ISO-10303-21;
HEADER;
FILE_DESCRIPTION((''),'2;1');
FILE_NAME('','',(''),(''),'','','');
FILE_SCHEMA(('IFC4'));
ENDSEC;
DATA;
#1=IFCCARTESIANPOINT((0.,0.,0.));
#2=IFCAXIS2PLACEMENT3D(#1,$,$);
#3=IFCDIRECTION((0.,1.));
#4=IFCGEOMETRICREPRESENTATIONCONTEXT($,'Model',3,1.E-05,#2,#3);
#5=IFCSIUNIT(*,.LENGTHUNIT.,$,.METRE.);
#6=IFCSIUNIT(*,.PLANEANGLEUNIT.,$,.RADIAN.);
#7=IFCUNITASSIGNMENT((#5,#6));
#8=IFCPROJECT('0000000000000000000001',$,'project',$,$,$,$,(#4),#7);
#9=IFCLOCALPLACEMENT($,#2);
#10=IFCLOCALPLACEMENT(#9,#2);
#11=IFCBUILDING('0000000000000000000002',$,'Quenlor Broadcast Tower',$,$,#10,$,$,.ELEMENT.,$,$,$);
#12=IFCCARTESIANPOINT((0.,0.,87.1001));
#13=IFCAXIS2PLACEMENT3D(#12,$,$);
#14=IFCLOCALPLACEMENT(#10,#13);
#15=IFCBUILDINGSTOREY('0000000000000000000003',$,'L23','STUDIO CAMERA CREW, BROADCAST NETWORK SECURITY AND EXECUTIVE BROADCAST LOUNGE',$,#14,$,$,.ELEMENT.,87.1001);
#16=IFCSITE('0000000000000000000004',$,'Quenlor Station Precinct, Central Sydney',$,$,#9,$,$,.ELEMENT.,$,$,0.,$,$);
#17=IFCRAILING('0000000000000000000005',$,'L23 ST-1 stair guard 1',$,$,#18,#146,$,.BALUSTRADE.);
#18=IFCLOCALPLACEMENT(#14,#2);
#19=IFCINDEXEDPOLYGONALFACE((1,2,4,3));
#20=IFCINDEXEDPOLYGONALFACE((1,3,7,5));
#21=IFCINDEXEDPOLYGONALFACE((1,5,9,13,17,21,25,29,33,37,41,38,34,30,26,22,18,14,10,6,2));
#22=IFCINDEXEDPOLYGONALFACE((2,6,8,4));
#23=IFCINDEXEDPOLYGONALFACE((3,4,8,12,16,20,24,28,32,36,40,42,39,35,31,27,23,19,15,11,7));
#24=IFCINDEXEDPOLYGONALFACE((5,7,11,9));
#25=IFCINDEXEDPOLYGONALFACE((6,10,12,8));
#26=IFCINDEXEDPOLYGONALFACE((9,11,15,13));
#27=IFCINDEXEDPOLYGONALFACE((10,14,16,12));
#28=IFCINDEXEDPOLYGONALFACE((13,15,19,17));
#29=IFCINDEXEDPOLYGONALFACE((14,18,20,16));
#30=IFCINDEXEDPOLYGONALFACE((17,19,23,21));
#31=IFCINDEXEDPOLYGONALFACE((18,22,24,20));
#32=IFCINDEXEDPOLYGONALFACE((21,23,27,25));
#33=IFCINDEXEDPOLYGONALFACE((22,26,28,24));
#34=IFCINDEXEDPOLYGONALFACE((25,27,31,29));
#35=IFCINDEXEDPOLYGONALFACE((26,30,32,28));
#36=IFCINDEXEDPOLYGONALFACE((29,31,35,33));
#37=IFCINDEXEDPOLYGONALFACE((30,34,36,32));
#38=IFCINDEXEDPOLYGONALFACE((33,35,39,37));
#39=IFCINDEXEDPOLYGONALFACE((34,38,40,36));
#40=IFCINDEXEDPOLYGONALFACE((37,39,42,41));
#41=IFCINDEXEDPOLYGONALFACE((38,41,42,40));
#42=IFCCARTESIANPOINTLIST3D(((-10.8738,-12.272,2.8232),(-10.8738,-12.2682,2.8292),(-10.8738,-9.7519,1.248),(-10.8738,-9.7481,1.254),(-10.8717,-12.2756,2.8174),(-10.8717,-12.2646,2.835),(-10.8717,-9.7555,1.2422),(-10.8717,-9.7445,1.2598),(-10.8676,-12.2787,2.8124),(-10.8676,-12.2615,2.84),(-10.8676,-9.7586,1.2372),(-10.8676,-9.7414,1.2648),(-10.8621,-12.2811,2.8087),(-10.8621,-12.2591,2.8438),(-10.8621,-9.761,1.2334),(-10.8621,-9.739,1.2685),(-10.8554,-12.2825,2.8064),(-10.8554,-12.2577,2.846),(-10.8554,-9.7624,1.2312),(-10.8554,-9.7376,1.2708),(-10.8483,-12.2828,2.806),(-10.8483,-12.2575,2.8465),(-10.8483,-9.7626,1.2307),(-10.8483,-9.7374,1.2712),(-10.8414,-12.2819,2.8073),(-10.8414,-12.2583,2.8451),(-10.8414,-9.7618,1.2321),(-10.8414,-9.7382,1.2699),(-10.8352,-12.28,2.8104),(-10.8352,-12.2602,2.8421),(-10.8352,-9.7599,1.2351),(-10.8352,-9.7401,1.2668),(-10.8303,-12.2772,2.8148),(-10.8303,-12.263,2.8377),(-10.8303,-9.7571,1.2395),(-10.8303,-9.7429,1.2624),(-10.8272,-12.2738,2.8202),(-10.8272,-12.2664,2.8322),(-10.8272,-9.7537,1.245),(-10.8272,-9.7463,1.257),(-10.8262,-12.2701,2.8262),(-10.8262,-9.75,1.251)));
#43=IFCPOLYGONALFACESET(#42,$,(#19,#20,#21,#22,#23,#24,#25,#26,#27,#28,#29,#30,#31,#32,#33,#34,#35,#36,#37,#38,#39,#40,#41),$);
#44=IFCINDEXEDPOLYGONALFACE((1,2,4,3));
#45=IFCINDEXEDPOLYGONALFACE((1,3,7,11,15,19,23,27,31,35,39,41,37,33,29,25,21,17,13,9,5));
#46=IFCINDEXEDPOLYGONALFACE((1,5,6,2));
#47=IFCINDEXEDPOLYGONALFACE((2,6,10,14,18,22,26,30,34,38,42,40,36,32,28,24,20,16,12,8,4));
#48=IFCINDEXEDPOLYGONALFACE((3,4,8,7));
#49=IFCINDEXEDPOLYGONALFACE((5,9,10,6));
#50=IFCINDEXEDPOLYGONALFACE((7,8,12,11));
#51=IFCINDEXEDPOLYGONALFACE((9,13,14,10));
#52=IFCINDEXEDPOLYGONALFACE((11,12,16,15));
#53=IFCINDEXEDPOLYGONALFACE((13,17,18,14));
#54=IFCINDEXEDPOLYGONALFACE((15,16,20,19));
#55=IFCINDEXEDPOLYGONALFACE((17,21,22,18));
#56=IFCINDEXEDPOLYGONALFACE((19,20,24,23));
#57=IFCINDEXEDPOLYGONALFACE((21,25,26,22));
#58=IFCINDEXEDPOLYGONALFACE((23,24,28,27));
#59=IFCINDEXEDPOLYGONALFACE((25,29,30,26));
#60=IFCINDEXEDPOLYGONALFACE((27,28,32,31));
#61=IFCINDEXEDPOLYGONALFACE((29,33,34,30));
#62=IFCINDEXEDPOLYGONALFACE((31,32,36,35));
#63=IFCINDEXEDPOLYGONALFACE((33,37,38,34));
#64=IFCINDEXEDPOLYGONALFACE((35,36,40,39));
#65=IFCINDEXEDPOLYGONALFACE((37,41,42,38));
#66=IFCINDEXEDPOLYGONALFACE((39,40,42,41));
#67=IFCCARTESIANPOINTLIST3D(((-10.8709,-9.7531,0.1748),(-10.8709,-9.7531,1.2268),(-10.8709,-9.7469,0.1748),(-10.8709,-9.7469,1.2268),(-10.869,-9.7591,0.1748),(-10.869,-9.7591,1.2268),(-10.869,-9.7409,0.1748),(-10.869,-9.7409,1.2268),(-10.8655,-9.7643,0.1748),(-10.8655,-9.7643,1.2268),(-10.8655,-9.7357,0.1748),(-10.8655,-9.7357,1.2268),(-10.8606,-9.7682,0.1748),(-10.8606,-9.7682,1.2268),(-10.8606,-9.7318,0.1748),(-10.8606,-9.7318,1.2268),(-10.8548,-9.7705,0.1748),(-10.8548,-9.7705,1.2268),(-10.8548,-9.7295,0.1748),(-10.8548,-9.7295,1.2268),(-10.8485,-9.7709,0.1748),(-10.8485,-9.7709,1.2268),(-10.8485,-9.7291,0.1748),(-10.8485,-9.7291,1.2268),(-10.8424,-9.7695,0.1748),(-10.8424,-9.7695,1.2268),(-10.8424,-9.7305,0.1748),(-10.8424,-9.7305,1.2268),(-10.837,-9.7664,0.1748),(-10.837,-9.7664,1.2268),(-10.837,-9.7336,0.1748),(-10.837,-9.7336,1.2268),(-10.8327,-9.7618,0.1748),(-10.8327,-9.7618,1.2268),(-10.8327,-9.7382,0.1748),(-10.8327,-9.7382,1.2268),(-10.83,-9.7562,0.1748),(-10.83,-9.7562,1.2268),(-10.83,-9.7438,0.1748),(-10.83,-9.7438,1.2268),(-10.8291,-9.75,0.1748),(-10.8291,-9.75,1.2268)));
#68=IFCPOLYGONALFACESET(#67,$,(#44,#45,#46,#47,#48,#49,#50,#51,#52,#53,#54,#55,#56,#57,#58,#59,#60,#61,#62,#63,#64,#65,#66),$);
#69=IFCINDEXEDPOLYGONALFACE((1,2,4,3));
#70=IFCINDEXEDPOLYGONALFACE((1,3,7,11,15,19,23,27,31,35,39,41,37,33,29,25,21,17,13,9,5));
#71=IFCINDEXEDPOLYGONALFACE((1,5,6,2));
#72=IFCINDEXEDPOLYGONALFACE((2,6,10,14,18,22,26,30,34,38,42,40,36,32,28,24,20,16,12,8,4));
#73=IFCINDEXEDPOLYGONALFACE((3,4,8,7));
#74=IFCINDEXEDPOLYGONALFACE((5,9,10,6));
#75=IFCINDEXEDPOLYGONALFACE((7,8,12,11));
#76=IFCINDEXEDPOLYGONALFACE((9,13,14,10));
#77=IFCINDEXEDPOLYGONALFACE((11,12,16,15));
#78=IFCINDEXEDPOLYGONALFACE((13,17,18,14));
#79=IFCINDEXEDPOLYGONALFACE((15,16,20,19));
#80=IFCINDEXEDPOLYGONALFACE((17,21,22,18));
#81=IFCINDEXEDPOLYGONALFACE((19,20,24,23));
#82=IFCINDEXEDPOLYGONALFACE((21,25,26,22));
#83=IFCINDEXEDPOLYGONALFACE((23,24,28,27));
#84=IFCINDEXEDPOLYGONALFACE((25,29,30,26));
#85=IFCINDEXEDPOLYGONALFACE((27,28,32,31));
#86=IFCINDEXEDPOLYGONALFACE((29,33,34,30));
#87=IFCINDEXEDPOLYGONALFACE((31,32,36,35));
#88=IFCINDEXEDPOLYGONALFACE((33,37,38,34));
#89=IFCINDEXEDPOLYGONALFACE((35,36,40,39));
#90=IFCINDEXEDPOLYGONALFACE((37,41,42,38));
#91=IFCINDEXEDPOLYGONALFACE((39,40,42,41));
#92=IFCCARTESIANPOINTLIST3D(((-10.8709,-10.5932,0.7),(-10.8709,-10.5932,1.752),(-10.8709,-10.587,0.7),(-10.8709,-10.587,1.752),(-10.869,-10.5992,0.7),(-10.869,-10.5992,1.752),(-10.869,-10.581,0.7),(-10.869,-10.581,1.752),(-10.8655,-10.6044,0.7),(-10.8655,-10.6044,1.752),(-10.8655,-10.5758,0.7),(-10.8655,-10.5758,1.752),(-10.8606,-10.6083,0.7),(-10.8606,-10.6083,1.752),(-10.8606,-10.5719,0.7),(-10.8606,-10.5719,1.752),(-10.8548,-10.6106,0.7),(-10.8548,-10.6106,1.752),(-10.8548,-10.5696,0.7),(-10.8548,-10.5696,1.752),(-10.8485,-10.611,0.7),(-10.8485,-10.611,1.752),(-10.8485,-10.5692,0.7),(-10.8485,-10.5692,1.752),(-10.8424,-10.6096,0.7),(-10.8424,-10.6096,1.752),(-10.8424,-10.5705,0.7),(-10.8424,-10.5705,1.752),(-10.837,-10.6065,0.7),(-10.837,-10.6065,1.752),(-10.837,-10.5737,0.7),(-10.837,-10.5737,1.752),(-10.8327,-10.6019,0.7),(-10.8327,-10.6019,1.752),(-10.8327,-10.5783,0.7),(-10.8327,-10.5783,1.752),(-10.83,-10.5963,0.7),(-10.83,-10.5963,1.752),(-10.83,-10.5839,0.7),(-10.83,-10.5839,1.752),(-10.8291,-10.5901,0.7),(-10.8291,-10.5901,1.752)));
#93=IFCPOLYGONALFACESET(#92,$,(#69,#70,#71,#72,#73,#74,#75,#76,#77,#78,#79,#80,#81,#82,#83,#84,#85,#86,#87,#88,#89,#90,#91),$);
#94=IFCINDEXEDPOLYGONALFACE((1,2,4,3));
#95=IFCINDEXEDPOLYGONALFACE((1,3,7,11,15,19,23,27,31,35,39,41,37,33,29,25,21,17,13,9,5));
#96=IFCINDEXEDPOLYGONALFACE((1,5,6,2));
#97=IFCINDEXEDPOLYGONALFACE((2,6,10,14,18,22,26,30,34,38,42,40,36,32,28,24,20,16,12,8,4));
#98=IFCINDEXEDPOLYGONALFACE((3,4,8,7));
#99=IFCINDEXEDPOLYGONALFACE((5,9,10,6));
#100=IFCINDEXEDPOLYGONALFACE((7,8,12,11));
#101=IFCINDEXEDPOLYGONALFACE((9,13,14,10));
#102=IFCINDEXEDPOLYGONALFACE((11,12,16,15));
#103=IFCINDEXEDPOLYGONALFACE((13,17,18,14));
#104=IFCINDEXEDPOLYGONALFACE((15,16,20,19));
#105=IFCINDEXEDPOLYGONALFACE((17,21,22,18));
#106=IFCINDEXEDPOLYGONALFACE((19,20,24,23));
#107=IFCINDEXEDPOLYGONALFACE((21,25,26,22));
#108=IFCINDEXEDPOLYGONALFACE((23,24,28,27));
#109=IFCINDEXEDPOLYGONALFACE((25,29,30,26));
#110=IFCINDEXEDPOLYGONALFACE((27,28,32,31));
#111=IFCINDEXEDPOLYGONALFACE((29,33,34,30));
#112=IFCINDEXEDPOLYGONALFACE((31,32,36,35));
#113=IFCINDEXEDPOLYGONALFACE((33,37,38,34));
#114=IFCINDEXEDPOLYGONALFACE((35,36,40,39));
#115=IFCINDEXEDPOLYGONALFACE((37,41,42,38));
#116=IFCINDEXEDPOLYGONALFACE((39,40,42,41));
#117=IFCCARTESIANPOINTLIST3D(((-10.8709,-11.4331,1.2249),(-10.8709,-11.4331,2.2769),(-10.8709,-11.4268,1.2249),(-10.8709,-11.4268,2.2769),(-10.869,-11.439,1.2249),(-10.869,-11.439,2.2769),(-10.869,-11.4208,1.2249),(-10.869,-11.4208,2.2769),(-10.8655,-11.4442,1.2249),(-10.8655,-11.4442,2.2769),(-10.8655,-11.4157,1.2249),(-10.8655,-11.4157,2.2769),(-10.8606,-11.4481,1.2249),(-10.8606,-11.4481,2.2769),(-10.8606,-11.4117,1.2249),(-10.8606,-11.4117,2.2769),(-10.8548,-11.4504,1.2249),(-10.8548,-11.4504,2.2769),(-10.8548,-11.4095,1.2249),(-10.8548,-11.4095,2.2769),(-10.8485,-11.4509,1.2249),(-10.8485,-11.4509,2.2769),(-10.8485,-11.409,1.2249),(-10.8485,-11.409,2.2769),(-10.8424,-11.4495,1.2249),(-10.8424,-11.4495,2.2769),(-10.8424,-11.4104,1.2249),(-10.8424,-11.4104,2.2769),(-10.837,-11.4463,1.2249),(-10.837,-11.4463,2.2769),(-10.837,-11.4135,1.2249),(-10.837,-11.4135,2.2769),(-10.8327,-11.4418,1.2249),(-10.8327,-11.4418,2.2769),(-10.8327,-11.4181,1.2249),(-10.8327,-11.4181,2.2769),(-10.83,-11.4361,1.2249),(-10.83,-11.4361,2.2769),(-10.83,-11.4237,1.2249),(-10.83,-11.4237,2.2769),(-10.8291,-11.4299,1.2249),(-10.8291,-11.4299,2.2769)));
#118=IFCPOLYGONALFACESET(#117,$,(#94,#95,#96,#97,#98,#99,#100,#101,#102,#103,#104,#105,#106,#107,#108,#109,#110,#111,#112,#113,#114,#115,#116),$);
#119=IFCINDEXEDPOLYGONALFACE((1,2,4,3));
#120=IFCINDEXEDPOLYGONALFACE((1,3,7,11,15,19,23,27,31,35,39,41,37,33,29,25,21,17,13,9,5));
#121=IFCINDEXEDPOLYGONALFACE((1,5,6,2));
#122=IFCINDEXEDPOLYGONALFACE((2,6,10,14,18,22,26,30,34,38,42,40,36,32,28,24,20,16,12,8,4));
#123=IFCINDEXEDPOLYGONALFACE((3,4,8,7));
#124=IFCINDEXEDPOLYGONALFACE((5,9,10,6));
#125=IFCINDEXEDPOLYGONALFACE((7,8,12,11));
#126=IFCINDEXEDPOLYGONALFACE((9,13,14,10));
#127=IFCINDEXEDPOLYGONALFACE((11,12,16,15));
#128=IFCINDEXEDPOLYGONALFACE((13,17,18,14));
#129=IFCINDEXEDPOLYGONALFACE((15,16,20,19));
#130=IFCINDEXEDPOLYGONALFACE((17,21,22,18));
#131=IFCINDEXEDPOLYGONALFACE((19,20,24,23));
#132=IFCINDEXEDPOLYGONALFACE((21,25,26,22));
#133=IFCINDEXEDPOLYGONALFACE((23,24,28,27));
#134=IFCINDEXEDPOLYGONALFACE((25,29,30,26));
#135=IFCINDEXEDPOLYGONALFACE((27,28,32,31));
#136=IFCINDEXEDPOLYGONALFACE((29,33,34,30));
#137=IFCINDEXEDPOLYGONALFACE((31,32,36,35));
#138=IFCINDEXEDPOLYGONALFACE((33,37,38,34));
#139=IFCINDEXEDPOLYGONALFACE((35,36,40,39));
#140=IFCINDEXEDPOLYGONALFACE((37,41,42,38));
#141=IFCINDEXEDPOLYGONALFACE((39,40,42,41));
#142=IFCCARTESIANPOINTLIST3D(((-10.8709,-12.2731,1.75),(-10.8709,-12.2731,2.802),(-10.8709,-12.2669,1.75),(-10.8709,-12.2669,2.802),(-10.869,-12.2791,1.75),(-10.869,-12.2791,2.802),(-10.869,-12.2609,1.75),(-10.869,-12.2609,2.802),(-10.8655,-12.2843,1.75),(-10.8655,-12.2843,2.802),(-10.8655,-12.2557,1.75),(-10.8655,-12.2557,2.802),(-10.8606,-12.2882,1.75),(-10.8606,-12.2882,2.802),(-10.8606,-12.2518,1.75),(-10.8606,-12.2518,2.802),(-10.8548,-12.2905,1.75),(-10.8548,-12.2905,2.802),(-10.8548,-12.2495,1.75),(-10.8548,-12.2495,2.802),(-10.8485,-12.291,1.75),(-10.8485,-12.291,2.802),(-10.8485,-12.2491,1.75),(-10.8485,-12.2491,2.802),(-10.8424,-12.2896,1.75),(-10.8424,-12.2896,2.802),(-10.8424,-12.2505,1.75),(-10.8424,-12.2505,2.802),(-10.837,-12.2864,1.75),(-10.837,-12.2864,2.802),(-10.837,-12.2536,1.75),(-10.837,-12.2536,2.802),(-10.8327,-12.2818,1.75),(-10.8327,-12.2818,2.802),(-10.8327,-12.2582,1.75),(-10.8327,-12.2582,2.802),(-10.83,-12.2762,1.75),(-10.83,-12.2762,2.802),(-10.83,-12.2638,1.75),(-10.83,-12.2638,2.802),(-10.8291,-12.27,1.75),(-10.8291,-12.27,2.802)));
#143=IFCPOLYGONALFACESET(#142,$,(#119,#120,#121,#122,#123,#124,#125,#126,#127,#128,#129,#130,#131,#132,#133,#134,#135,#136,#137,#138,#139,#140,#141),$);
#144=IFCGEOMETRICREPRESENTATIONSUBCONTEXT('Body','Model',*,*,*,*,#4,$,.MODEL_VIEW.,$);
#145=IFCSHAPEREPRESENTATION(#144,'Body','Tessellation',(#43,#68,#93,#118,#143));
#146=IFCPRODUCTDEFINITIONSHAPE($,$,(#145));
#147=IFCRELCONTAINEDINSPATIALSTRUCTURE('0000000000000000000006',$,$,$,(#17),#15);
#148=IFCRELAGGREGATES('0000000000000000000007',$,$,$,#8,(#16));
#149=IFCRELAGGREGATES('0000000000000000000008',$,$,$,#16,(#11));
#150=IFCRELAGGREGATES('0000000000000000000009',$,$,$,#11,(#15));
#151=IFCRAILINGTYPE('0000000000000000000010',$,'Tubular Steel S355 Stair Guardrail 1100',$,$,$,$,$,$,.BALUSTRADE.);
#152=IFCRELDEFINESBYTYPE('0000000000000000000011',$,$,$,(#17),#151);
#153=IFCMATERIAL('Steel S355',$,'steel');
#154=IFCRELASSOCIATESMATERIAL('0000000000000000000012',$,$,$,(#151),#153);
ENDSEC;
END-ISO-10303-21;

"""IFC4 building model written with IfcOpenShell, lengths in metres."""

from ifc_helpers import new_model, si_unit, direction, frame, origin, origin_2d, place, context, subcontext, project, spatial, circle, extrude, material, type_object, element, save


model = new_model("IFC4")

# Units and contexts
model_context = context("Model", 3, precision=1e-05, world=origin(), true_north=direction((0.0, 1.0)))
body_context = subcontext(model_context, "Body", "Model", "MODEL_VIEW")
ifc_project = project(units=[si_unit("LENGTHUNIT", "METRE"), si_unit("PLANEANGLEUNIT", "RADIAN")], contexts=[model_context])

# Site, building, storey
site_placement = place(None, origin())
site = spatial("IfcSite", under=ifc_project, at=site_placement, Name="Quenlor Station Precinct, Central Sydney", CompositionType="ELEMENT", RefElevation=0.0)
building_placement = place(site_placement, origin())
building = spatial("IfcBuilding", under=site, at=building_placement, Name="Quenlor Broadcast Tower", CompositionType="ELEMENT")
storey_placement = place(building_placement, frame((0.0, 0.0, 87.1001)))
storey = spatial("IfcBuildingStorey", under=building, at=storey_placement, Name="L23", Description="STUDIO CAMERA CREW, BROADCAST NETWORK SECURITY AND EXECUTIVE BROADCAST LOUNGE", CompositionType="ELEMENT", Elevation=87.1001)

# Railing
ifc_material_1 = material(Name="Steel S355", Category="steel")
railing_type_1 = type_object("IfcRailingType", Name="Tubular Steel S355 Stair Guardrail 1100", PredefinedType="BALUSTRADE", material=ifc_material_1)
railing_1_placement = place(storey_placement, frame((-10.8501, -9.75, 0.1748)))
element("IfcRailing", 1, at=railing_1_placement, inside=storey, type_object=railing_type_1, Name="L23 ST-1 stair guard 1", PredefinedType="BALUSTRADE", context=body_context, shape_type="SweptSolid", body=[
    extrude(circle(Radius=0.0239, at=origin_2d()), frame((0.0, 0.0, 1.0762), z_axis=(0.0, -0.847971, 0.530043), x_axis=(1.0, 0.0, 0.0)), (0.0, 0.0, 1.0), 2.9719),
    extrude(circle(Radius=0.021, at=origin_2d()), origin(), (0.0, 0.0, 1.0), 1.052),
    extrude(circle(Radius=0.021, at=origin_2d()), frame((0.0, -0.8401, 0.5251)), (0.0, 0.0, 1.0), 1.052),
    extrude(circle(Radius=0.021, at=origin_2d()), frame((0.0, -1.6799, 1.05)), (0.0, 0.0, 1.0), 1.052),
    extrude(circle(Radius=0.021, at=origin_2d()), frame((0.0, -2.52, 1.5752)), (0.0, 0.0, 1.0), 1.052),
])

save(model, "model.ifc")
